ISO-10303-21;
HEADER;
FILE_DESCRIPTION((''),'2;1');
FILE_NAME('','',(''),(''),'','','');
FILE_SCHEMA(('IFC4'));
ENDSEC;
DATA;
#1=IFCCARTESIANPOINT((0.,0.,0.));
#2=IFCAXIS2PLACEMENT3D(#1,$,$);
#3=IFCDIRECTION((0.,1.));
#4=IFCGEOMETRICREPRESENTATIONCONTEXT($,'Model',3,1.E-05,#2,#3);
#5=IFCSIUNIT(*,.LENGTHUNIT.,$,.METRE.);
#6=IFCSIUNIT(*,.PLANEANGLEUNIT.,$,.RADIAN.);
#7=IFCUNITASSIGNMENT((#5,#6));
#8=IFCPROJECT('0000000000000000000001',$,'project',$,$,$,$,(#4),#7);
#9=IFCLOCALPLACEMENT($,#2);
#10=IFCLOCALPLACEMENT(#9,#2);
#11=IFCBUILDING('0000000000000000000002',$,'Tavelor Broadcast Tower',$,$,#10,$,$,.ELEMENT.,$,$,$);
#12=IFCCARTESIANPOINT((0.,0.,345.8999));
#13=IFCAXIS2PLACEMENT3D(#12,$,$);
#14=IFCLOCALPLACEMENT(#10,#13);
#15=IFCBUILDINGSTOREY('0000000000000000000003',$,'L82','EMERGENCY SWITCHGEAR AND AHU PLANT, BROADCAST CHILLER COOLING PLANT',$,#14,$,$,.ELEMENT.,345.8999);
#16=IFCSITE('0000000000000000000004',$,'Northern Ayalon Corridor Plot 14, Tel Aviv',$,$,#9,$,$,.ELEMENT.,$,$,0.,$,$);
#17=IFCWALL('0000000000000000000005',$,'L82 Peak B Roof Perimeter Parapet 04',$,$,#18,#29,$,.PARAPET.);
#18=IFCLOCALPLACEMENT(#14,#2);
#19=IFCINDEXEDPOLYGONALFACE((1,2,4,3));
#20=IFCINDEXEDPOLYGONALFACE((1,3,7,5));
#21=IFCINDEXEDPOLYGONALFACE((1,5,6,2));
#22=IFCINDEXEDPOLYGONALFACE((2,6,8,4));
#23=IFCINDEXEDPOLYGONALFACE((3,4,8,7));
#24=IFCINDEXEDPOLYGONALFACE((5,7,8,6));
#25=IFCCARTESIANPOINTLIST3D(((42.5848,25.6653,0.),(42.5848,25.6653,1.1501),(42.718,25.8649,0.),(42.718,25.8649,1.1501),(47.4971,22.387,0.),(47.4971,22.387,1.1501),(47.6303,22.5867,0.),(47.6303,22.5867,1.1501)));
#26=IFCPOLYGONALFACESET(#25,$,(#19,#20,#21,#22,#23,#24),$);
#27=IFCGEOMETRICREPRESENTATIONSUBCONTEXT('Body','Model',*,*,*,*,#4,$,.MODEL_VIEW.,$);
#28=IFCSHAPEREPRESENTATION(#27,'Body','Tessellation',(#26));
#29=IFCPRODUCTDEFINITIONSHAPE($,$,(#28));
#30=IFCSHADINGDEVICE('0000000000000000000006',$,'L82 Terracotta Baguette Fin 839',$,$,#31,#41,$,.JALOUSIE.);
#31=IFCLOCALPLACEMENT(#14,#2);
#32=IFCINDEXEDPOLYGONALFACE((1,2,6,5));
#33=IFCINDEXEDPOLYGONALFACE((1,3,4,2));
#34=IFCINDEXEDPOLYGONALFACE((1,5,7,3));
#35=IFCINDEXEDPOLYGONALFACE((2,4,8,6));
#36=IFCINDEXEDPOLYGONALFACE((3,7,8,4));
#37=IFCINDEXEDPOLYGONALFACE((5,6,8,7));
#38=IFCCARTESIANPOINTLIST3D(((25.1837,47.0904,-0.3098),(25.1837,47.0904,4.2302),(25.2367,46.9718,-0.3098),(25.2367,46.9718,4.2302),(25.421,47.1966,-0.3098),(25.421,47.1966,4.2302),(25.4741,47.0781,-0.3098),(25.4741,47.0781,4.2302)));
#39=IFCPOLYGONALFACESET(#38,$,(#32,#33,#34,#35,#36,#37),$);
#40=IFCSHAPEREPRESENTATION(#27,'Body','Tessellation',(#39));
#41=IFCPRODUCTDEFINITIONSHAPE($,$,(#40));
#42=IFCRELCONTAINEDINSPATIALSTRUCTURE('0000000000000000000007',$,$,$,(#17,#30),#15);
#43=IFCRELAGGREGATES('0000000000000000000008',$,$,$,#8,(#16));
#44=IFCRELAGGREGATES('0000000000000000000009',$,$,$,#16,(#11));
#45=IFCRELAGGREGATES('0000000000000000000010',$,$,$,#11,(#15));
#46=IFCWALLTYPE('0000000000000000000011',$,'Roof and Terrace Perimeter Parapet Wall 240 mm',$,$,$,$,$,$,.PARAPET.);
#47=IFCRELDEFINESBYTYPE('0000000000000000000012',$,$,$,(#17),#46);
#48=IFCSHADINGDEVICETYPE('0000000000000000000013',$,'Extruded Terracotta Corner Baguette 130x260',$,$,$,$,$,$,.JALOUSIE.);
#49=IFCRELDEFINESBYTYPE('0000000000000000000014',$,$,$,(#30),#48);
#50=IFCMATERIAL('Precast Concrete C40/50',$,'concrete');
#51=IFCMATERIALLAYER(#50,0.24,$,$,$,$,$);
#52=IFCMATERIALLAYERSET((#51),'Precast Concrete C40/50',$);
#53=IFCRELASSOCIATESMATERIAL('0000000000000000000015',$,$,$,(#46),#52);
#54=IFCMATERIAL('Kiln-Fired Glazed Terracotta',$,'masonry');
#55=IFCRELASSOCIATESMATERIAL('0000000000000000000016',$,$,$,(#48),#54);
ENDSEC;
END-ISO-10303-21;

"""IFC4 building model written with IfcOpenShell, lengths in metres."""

from ifc_helpers import new_model, si_unit, direction, frame, frame_2d, origin, origin_2d, place, context, subcontext, project, spatial, rectangle, extrude, source, transform, mapped, material, layer, layer_set, type_object, type_shapes, element, save


model = new_model("IFC4")

# Units and contexts
model_context = context("Model", 3, precision=1e-05, world=origin(), true_north=direction((0.0, 1.0)))
body_context = subcontext(model_context, "Body", "Model", "MODEL_VIEW")
ifc_project = project(units=[si_unit("LENGTHUNIT", "METRE"), si_unit("PLANEANGLEUNIT", "RADIAN")], contexts=[model_context])

# Site, building, storey
site_placement = place(None, origin())
site = spatial("IfcSite", under=ifc_project, at=site_placement, Name="Northern Ayalon Corridor Plot 14, Tel Aviv", CompositionType="ELEMENT", RefElevation=0.0)
building_placement = place(site_placement, origin())
building = spatial("IfcBuilding", under=site, at=building_placement, Name="Tavelor Broadcast Tower", CompositionType="ELEMENT")
storey_placement = place(building_placement, frame((0.0, 0.0, 345.8999)))
storey = spatial("IfcBuildingStorey", under=building, at=storey_placement, Name="L82", Description="EMERGENCY SWITCHGEAR AND AHU PLANT, BROADCAST CHILLER COOLING PLANT", CompositionType="ELEMENT", Elevation=345.8999)

# Shared definitions
ifc_material_1 = material(Name="Precast Concrete C40/50", Category="concrete")

# Wall
ifc_layer_1 = layer(ifc_material_1, 0.24)
ifc_layer_set_1 = layer_set([ifc_layer_1], Name="Precast Concrete C40/50")
wall_type_1 = type_object("IfcWallType", Name="Roof and Terrace Perimeter Parapet Wall 240 mm", PredefinedType="PARAPET", material=ifc_layer_set_1)
for number, where, z_axis, x_axis, name in (
    (1, (42.6514, 25.7651, 0.0), (0.0, 0.0, 1.0), (0.831783, -0.555101, 0.0), "L82 Peak B Roof Perimeter Parapet 04"),
):
    element("IfcWall", number, at=place(storey_placement, frame(where, z_axis=z_axis, x_axis=x_axis)), inside=storey, type_object=wall_type_1, Name=name, PredefinedType="PARAPET", context=body_context, shape_type="SweptSolid", body=[
        extrude(rectangle(XDim=5.9058, YDim=0.24, at=frame_2d((2.9529, 0.0))), origin(), (0.0, 0.0, 1.0), 1.1501),
    ])

# Shading device
ifc_material_2 = material(Name="Kiln-Fired Glazed Terracotta", Category="masonry")
shading_device_type = type_object("IfcShadingDeviceType", Name="Extruded Terracotta Corner Baguette 130x260", PredefinedType="JALOUSIE", material=ifc_material_2)
shared_shape_1 = source(origin(), body_context, "Body", "SweptSolid", [
    extrude(rectangle(XDim=0.1299, YDim=0.26, at=origin_2d()), origin(), (0.0, 0.0, 1.0), 4.54),
])
type_shapes(shading_device_type, [shared_shape_1])
shading_device_placement = place(storey_placement, frame((25.3289, 47.0842, -0.3098), z_axis=(0.0, 0.0, 1.0), x_axis=(0.408649, -0.912692, 0.0)))
element("IfcShadingDevice", 2, at=shading_device_placement, inside=storey, type_object=shading_device_type, Name="L82 Terracotta Baguette Fin 839", PredefinedType="JALOUSIE", context=body_context, shape_type="MappedRepresentation", body=[
    mapped(shared_shape_1, transform((0.0, 0.0, 0.0), scale=1.0)),
])

save(model, "model.ifc")
